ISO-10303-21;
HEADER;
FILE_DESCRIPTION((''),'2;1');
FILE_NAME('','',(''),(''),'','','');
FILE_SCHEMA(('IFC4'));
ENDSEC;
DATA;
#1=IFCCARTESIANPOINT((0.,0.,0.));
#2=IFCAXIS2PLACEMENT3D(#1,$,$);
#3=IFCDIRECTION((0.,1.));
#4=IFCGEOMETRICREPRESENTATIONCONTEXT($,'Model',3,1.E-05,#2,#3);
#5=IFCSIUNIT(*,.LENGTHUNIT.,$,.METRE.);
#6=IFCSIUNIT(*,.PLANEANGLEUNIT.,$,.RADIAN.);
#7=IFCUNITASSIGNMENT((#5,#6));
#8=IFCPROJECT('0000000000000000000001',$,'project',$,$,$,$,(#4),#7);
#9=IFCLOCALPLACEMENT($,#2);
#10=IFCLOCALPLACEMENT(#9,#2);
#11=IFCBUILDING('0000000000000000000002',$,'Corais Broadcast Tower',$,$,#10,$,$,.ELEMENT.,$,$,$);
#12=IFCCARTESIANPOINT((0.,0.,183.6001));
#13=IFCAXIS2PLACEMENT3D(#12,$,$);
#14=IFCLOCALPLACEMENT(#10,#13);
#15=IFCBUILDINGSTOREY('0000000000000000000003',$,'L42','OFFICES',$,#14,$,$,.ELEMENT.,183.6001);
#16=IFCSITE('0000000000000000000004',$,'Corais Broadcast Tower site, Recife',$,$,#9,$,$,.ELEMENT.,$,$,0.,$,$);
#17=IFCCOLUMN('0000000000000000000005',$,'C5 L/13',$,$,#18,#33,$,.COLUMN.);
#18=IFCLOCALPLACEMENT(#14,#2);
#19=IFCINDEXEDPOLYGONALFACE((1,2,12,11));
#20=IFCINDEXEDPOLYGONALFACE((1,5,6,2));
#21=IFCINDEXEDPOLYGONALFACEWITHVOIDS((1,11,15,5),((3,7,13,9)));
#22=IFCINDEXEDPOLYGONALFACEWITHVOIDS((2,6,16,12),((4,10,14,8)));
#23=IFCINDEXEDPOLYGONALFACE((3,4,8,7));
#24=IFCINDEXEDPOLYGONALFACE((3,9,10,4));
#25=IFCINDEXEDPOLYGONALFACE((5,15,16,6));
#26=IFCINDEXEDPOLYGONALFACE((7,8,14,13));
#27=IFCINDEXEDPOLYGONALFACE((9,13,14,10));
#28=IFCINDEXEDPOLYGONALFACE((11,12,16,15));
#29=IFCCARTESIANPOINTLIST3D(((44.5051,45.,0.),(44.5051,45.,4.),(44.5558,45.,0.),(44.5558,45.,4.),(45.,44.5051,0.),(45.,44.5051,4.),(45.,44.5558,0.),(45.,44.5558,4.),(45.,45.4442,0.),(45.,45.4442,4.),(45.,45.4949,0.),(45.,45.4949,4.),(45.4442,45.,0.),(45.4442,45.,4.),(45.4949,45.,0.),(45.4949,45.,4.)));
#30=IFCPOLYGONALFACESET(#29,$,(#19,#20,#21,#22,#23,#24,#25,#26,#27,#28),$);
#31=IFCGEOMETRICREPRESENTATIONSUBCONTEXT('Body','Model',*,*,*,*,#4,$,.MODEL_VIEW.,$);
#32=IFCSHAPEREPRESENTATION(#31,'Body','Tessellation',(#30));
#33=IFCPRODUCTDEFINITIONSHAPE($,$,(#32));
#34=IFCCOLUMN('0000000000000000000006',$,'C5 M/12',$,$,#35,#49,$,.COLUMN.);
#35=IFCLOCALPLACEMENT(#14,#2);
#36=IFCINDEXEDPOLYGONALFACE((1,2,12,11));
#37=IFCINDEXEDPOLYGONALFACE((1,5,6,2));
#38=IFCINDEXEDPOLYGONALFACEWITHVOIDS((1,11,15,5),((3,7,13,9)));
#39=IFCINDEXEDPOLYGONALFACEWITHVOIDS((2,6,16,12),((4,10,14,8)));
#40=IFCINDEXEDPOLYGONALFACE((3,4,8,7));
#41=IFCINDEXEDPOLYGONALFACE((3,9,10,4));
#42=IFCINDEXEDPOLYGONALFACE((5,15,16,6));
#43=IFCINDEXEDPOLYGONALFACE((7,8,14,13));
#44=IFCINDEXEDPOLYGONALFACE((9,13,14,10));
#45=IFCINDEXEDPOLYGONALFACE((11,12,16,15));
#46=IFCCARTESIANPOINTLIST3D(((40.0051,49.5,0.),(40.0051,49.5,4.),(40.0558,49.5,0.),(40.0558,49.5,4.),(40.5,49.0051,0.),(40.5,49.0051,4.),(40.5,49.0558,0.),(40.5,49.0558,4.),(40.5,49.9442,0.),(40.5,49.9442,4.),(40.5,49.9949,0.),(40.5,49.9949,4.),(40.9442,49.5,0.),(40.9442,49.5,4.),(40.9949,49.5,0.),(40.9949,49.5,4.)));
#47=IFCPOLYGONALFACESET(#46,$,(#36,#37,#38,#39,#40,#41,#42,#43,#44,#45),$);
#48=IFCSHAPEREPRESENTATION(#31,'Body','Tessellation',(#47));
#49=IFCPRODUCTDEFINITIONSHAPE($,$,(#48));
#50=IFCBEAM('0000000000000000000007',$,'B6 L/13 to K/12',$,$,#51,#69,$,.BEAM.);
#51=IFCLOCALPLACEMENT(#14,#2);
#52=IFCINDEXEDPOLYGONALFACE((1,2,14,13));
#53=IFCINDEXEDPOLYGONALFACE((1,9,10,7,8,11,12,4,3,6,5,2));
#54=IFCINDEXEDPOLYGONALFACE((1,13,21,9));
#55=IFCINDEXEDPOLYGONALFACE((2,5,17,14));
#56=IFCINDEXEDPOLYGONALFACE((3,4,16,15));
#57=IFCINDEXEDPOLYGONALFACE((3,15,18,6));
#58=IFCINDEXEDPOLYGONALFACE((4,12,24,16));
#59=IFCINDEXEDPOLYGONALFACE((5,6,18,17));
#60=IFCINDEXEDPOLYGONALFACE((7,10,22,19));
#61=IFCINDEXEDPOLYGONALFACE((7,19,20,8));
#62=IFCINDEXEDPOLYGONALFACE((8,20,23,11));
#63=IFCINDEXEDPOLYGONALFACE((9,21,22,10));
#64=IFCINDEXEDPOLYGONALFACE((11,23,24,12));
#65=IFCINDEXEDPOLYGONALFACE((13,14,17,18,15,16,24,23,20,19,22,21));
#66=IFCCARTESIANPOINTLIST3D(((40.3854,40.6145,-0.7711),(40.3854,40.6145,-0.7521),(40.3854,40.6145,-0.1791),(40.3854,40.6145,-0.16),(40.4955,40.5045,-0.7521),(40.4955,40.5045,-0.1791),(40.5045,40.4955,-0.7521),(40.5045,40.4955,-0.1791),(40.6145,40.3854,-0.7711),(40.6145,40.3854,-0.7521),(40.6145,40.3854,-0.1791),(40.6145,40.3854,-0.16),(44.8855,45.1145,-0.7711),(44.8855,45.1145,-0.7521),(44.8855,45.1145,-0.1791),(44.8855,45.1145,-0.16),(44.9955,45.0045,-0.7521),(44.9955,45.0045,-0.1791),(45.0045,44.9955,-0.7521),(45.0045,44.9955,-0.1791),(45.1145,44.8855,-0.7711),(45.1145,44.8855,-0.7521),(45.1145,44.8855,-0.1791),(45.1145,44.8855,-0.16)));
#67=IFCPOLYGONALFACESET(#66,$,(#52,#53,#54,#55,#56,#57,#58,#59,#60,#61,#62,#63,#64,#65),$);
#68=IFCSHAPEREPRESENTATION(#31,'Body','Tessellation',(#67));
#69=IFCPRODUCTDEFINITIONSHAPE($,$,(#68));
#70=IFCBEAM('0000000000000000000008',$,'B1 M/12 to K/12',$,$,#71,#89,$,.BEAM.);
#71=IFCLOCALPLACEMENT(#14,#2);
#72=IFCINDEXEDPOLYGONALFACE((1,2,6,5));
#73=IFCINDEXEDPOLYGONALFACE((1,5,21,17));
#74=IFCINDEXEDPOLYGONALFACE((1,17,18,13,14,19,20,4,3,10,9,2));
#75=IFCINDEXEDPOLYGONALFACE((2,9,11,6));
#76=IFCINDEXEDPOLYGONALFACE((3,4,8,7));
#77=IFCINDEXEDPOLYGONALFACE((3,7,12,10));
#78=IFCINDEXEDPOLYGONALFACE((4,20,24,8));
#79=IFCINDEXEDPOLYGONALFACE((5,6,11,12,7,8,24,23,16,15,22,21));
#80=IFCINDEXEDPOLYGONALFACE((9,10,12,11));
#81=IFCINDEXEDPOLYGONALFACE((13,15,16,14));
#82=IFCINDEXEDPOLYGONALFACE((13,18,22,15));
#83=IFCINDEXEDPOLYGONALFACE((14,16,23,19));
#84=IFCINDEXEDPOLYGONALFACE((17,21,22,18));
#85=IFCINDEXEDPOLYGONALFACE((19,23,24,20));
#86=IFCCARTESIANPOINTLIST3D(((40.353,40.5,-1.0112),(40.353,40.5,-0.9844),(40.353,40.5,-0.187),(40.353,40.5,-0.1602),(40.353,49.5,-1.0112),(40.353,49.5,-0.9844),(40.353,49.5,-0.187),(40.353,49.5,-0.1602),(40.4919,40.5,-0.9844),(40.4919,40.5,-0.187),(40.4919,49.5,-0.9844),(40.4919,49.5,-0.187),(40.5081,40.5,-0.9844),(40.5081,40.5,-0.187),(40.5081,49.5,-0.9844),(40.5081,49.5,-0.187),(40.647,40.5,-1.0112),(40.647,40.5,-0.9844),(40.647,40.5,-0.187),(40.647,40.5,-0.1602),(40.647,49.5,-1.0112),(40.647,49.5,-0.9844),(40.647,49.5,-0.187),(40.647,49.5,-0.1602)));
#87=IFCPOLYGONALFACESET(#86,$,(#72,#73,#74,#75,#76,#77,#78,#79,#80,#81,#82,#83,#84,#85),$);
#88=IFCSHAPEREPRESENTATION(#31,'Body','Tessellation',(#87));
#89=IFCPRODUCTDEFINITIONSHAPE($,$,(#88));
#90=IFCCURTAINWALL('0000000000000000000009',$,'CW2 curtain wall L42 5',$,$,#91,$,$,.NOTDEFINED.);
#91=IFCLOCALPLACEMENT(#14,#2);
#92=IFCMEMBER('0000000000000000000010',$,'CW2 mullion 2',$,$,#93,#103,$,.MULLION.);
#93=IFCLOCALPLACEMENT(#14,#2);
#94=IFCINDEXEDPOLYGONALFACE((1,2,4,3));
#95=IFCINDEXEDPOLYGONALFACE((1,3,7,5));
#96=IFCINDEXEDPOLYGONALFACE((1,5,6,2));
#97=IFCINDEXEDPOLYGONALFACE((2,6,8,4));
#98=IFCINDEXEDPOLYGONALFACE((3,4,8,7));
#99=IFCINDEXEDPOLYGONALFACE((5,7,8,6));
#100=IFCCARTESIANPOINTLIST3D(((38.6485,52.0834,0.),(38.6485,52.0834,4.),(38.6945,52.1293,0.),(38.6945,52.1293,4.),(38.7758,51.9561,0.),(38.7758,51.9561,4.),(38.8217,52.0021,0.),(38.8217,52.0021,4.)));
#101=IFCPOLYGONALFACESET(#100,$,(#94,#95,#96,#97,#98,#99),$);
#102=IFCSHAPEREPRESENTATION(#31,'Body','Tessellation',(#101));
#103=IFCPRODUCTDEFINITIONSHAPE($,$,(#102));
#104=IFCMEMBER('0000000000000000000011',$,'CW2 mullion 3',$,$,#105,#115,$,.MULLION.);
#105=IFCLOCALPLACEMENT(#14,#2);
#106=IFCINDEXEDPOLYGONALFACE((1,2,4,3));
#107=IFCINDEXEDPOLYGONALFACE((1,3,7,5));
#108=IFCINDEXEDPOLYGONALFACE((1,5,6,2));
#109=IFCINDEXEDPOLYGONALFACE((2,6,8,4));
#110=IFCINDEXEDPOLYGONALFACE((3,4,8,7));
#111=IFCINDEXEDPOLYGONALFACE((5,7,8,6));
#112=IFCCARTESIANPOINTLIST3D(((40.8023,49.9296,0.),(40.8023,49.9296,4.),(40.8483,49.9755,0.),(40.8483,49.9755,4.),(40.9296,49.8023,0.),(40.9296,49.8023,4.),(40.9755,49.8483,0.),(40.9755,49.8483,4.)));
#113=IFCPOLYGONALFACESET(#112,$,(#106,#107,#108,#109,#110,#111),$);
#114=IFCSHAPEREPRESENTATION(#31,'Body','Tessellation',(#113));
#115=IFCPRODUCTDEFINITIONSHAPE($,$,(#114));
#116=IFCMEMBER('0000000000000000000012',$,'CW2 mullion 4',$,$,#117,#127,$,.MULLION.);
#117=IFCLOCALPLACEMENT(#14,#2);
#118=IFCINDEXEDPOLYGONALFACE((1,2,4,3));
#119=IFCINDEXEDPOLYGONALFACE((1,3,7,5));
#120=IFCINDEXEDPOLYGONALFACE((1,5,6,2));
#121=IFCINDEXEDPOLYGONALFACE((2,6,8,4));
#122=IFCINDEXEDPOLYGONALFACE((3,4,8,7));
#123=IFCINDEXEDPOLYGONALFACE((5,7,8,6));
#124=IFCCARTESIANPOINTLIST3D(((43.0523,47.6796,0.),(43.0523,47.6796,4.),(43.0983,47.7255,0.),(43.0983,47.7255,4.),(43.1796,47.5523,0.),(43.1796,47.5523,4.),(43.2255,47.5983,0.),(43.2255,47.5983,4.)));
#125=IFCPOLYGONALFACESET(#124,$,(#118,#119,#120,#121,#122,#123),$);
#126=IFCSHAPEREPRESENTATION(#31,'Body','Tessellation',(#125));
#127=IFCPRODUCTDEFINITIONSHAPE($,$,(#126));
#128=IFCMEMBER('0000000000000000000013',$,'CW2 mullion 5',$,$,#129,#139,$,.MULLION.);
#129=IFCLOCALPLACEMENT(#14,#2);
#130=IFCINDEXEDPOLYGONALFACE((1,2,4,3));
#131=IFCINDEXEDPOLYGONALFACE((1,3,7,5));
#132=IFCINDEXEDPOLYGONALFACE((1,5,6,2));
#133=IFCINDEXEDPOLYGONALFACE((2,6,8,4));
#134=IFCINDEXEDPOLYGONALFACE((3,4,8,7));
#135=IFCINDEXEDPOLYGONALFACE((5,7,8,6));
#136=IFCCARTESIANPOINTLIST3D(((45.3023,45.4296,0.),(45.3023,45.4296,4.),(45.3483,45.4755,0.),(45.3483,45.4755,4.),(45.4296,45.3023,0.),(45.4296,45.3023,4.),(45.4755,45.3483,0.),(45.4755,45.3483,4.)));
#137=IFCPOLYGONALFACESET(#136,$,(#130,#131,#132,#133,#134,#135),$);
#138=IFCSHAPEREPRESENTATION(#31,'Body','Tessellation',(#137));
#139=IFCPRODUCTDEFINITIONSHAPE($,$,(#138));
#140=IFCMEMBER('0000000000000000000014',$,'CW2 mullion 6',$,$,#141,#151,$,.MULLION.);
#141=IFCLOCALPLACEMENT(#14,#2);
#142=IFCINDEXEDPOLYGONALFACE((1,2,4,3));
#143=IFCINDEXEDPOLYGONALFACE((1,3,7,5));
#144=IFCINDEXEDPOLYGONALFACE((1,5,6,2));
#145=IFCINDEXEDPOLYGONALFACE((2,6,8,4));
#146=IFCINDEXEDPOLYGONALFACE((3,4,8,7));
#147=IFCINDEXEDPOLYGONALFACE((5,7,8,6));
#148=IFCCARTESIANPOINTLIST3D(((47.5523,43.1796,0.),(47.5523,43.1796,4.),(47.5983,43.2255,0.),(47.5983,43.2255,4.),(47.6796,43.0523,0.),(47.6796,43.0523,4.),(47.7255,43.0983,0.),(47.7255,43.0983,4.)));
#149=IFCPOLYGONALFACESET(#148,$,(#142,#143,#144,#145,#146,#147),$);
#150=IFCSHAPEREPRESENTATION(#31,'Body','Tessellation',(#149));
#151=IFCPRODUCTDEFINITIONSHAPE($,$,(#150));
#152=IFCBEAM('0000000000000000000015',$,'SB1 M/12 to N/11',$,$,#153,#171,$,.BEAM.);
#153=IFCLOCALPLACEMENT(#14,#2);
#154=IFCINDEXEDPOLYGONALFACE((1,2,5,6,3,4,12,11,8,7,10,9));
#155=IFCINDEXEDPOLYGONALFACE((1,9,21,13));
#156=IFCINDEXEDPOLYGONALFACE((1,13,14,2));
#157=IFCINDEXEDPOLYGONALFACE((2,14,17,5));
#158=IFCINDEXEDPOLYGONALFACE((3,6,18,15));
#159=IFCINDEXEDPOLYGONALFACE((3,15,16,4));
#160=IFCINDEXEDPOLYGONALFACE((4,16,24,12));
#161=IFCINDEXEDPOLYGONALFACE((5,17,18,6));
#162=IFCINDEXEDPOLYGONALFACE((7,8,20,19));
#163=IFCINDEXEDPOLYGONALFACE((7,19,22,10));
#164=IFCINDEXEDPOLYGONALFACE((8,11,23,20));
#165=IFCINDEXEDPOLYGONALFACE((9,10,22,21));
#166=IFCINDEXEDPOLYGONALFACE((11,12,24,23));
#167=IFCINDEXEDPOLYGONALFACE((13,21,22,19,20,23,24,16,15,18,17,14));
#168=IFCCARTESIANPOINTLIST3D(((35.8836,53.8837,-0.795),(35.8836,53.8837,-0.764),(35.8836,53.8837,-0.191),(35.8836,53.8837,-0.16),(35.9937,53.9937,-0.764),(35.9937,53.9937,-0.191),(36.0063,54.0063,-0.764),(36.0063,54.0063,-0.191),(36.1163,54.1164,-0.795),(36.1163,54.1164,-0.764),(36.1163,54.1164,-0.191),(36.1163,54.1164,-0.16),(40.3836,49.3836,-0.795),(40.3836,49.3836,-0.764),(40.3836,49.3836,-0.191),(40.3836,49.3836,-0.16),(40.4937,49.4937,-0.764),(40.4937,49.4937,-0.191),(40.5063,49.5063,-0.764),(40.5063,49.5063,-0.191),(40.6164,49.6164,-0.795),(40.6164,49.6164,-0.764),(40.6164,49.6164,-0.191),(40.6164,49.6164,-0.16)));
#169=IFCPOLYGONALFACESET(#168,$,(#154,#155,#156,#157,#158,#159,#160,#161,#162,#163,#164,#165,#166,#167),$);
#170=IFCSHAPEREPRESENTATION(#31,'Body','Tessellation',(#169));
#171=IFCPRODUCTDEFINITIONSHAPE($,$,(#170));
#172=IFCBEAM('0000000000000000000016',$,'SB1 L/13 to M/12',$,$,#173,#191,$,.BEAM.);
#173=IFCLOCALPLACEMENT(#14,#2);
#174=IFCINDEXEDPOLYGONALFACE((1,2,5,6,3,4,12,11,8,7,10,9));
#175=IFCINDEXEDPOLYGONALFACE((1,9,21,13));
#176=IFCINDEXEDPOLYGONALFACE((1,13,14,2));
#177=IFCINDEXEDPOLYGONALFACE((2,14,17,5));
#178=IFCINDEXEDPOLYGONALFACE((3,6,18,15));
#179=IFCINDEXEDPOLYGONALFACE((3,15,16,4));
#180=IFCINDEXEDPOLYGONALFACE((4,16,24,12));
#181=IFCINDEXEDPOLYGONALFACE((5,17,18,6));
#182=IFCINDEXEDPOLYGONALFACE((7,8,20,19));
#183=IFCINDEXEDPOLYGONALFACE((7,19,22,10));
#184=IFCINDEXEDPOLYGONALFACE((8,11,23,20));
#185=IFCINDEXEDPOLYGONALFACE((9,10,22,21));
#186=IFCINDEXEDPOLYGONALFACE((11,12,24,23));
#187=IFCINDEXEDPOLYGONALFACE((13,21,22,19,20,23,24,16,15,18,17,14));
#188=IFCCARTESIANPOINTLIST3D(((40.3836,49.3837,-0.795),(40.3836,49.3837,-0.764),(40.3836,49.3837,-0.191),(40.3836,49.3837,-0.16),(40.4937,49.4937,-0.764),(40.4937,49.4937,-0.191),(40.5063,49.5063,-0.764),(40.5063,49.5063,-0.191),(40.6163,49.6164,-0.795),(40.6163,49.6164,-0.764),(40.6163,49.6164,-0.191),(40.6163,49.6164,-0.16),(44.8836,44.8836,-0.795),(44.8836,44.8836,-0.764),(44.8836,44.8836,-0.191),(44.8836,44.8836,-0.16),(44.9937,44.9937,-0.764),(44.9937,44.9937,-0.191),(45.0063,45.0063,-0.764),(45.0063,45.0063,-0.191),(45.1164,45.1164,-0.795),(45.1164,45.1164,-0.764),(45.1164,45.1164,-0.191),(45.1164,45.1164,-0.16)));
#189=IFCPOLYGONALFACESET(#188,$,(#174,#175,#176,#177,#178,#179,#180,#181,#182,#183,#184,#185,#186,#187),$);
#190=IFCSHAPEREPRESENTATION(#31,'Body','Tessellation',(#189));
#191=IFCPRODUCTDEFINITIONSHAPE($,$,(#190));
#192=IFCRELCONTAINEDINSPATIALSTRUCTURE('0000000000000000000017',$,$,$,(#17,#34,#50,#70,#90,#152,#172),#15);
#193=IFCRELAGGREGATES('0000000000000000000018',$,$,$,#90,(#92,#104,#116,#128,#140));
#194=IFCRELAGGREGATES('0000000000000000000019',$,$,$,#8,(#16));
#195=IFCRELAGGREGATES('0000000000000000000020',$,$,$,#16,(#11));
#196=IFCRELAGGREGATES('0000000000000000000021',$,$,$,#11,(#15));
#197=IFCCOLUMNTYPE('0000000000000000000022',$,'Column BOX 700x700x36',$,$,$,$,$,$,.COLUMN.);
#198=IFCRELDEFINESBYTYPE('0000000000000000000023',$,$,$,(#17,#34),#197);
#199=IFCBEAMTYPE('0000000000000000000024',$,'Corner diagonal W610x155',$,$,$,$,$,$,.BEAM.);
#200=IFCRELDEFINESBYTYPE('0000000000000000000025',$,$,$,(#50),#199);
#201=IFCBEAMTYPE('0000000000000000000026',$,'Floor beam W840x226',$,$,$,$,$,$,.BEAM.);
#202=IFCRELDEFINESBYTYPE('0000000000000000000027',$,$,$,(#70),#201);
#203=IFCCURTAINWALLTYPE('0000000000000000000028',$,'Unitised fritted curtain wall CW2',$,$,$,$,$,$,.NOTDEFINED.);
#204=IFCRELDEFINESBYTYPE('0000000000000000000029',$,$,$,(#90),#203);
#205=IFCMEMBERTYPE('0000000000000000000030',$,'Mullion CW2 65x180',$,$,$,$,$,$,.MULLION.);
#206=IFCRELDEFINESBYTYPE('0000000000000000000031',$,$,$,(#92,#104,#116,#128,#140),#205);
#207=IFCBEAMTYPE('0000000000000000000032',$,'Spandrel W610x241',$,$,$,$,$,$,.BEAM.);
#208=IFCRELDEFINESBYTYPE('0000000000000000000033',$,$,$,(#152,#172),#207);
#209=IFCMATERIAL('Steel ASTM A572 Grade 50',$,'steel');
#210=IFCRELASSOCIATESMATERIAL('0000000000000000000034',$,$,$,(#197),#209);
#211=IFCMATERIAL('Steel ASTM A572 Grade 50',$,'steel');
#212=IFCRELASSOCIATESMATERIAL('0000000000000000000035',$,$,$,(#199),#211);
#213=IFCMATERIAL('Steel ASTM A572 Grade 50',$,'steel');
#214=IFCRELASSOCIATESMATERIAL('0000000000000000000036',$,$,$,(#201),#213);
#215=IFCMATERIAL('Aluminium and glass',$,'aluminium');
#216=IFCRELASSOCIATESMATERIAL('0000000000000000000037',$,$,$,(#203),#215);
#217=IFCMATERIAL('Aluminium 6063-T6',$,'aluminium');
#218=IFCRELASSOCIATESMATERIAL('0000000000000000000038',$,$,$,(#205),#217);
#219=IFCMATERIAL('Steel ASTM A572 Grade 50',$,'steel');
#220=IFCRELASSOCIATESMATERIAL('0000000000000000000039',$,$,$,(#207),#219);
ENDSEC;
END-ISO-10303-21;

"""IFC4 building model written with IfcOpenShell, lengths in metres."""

from ifc_helpers import new_model, si_unit, direction, frame, origin, origin_2d, place, context, subcontext, project, spatial, rectangle, hollow_rectangle, i_section, extrude, material, material_profile, profile_set, type_object, element, aggregate, save


model = new_model("IFC4")

# Units and contexts
model_context = context("Model", 3, precision=1e-05, world=origin(), true_north=direction((0.0, 1.0)))
body_context = subcontext(model_context, "Body", "Model", "MODEL_VIEW")
ifc_project = project(units=[si_unit("LENGTHUNIT", "METRE"), si_unit("PLANEANGLEUNIT", "RADIAN")], contexts=[model_context])

# Site, building, storey
site_placement = place(None, origin())
site = spatial("IfcSite", under=ifc_project, at=site_placement, Name="Corais Broadcast Tower site, Recife", CompositionType="ELEMENT", RefElevation=0.0)
building_placement = place(site_placement, origin())
building = spatial("IfcBuilding", under=site, at=building_placement, Name="Corais Broadcast Tower", CompositionType="ELEMENT")
storey_placement = place(building_placement, frame((0.0, 0.0, 183.6001)))
storey = spatial("IfcBuildingStorey", under=building, at=storey_placement, Name="L42", Description="OFFICES", CompositionType="ELEMENT", Elevation=183.6001)

# Columns
ifc_material_1 = material(Name="Steel ASTM A572 Grade 50", Category="steel")
ifc_material_profile_1 = material_profile(ifc_material_1, hollow_rectangle(XDim=0.7, YDim=0.7, WallThickness=0.0359, at=origin_2d()), Name="BOX 700x700x36")
ifc_profile_set_1 = profile_set([ifc_material_profile_1], Name="Steel ASTM A572 Grade 50")
column_type = type_object("IfcColumnType", Name="Column BOX 700x700x36", PredefinedType="COLUMN", material=ifc_profile_set_1)
for number, where, z_axis, x_axis, name in (
    (1, (45.0, 45.0, 0.0), (0.0, 0.0, 1.0), (0.707107, 0.707107, 0.0), "C5 L/13"),
    (2, (40.5, 49.5, 0.0), (0.0, 0.0, 1.0), (0.707107, 0.707107, 0.0), "C5 M/12"),
):
    element("IfcColumn", number, at=place(storey_placement, frame(where, z_axis=z_axis, x_axis=x_axis)), inside=storey, type_object=column_type, Name=name, PredefinedType="COLUMN", context=body_context, shape_type="SweptSolid", body=[
        extrude(hollow_rectangle(XDim=0.7, YDim=0.7, WallThickness=0.0359, at=origin_2d()), origin(), (0.0, 0.0, 1.0), 4.0),
    ])

# Beams
ifc_material_2 = material(Name="Steel ASTM A572 Grade 50", Category="steel")
ifc_material_profile_2 = material_profile(ifc_material_2, i_section(OverallWidth=0.324, OverallDepth=0.6111, WebThickness=0.0127, FlangeThickness=0.019, at=origin_2d()), Name="W610x155")
ifc_profile_set_2 = profile_set([ifc_material_profile_2], Name="Steel ASTM A572 Grade 50")
beam_type_1 = type_object("IfcBeamType", Name="Corner diagonal W610x155", PredefinedType="BEAM", material=ifc_profile_set_2)
beam_1_placement = place(storey_placement, frame((45.0, 45.0, -0.4656), z_axis=(-0.707107, -0.707107, 0.0), x_axis=(0.707107, -0.707107, 0.0)))
element("IfcBeam", 3, at=beam_1_placement, inside=storey, type_object=beam_type_1, Name="B6 L/13 to K/12", PredefinedType="BEAM", context=body_context, shape_type="SweptSolid", body=[
    extrude(i_section(OverallWidth=0.324, OverallDepth=0.6111, WebThickness=0.0127, FlangeThickness=0.019, at=origin_2d()), origin(), (0.0, 0.0, 1.0), 6.364),
])
ifc_material_3 = material(Name="Steel ASTM A572 Grade 50", Category="steel")
ifc_material_profile_3 = material_profile(ifc_material_3, i_section(OverallWidth=0.2939, OverallDepth=0.8511, WebThickness=0.0161, FlangeThickness=0.0269, at=origin_2d()), Name="W840x226")
ifc_profile_set_3 = profile_set([ifc_material_profile_3], Name="Steel ASTM A572 Grade 50")
beam_type_2 = type_object("IfcBeamType", Name="Floor beam W840x226", PredefinedType="BEAM", material=ifc_profile_set_3)
beam_2_placement = place(storey_placement, frame((40.5, 49.5, -0.5857), z_axis=(0.0, -1.0, 0.0), x_axis=(1.0, 0.0, 0.0)))
element("IfcBeam", 4, at=beam_2_placement, inside=storey, type_object=beam_type_2, Name="B1 M/12 to K/12", PredefinedType="BEAM", context=body_context, shape_type="SweptSolid", body=[
    extrude(i_section(OverallWidth=0.2939, OverallDepth=0.8511, WebThickness=0.0161, FlangeThickness=0.0269, at=origin_2d()), origin(), (0.0, 0.0, 1.0), 9.0),
])

# Curtain wall, members
ifc_material_4 = material(Name="Aluminium and glass", Category="aluminium")
curtain_wall_type = type_object("IfcCurtainWallType", Name="Unitised fritted curtain wall CW2", PredefinedType="NOTDEFINED", material=ifc_material_4)
curtain_wall_placement = place(storey_placement, origin())
curtain_wall = element("IfcCurtainWall", 5, at=curtain_wall_placement, inside=storey, type_object=curtain_wall_type, Name="CW2 curtain wall L42 5", PredefinedType="NOTDEFINED")
ifc_material_5 = material(Name="Aluminium 6063-T6", Category="aluminium")
ifc_material_profile_4 = material_profile(ifc_material_5, rectangle(XDim=0.0649, YDim=0.1799, at=origin_2d()), Name="Mullion CW2 65x180")
ifc_profile_set_4 = profile_set([ifc_material_profile_4], Name="Aluminium 6063-T6")
member_type_1 = type_object("IfcMemberType", Name="Mullion CW2 65x180", PredefinedType="MULLION", material=ifc_profile_set_4)
member_1_placement = place(storey_placement, frame((38.7351, 52.0427, 0.0), z_axis=(0.0, 0.0, 1.0), x_axis=(0.707107, 0.707107, 0.0)))
member_1 = element("IfcMember", 6, at=member_1_placement, type_object=member_type_1, Name="CW2 mullion 2", PredefinedType="MULLION", context=body_context, shape_type="SweptSolid", body=[
    extrude(rectangle(XDim=0.0649, YDim=0.1799, at=origin_2d()), origin(), (0.0, 0.0, 1.0), 4.0),
])
member_2_placement = place(storey_placement, frame((40.8889, 49.8889, 0.0), z_axis=(0.0, 0.0, 1.0), x_axis=(0.707107, 0.707107, 0.0)))
member_2 = element("IfcMember", 7, at=member_2_placement, type_object=member_type_1, Name="CW2 mullion 3", PredefinedType="MULLION", context=body_context, shape_type="SweptSolid", body=[
    extrude(rectangle(XDim=0.0649, YDim=0.1799, at=origin_2d()), origin(), (0.0, 0.0, 1.0), 4.0),
])
member_3_placement = place(storey_placement, frame((43.1389, 47.6389, 0.0), z_axis=(0.0, 0.0, 1.0), x_axis=(0.707107, 0.707107, 0.0)))
member_3 = element("IfcMember", 8, at=member_3_placement, type_object=member_type_1, Name="CW2 mullion 4", PredefinedType="MULLION", context=body_context, shape_type="SweptSolid", body=[
    extrude(rectangle(XDim=0.0649, YDim=0.1799, at=origin_2d()), origin(), (0.0, 0.0, 1.0), 4.0),
])
member_4_placement = place(storey_placement, frame((45.3889, 45.3889, 0.0), z_axis=(0.0, 0.0, 1.0), x_axis=(0.707107, 0.707107, 0.0)))
member_4 = element("IfcMember", 9, at=member_4_placement, type_object=member_type_1, Name="CW2 mullion 5", PredefinedType="MULLION", context=body_context, shape_type="SweptSolid", body=[
    extrude(rectangle(XDim=0.0649, YDim=0.1799, at=origin_2d()), origin(), (0.0, 0.0, 1.0), 4.0),
])
member_5_placement = place(storey_placement, frame((47.6389, 43.1389, 0.0), z_axis=(0.0, 0.0, 1.0), x_axis=(0.707107, 0.707107, 0.0)))
member_5 = element("IfcMember", 10, at=member_5_placement, type_object=member_type_1, Name="CW2 mullion 6", PredefinedType="MULLION", context=body_context, shape_type="SweptSolid", body=[
    extrude(rectangle(XDim=0.0649, YDim=0.1799, at=origin_2d()), origin(), (0.0, 0.0, 1.0), 4.0),
])

# Beams
ifc_material_6 = material(Name="Steel ASTM A572 Grade 50", Category="steel")
ifc_material_profile_5 = material_profile(ifc_material_6, i_section(OverallWidth=0.3291, OverallDepth=0.635, WebThickness=0.0178, FlangeThickness=0.031, at=origin_2d()), Name="W610x241")
ifc_profile_set_5 = profile_set([ifc_material_profile_5], Name="Steel ASTM A572 Grade 50")
beam_type_3 = type_object("IfcBeamType", Name="Spandrel W610x241", PredefinedType="BEAM", material=ifc_profile_set_5)
for number, where, z_axis, x_axis, name in (
    (11, (40.5, 49.5, -0.4775), (-0.707107, 0.707107, 0.0), (-0.707107, -0.707107, 0.0), "SB1 M/12 to N/11"),
    (12, (45.0, 45.0, -0.4775), (-0.707107, 0.707107, 0.0), (-0.707107, -0.707107, 0.0), "SB1 L/13 to M/12"),
):
    element("IfcBeam", number, at=place(storey_placement, frame(where, z_axis=z_axis, x_axis=x_axis)), inside=storey, type_object=beam_type_3, Name=name, PredefinedType="BEAM", context=body_context, shape_type="SweptSolid", body=[
        extrude(i_section(OverallWidth=0.3291, OverallDepth=0.635, WebThickness=0.0178, FlangeThickness=0.031, at=origin_2d()), origin(), (0.0, 0.0, 1.0), 6.364),
    ])

aggregate(curtain_wall, [member_1, member_2, member_3, member_4, member_5])

save(model, "model.ifc")
